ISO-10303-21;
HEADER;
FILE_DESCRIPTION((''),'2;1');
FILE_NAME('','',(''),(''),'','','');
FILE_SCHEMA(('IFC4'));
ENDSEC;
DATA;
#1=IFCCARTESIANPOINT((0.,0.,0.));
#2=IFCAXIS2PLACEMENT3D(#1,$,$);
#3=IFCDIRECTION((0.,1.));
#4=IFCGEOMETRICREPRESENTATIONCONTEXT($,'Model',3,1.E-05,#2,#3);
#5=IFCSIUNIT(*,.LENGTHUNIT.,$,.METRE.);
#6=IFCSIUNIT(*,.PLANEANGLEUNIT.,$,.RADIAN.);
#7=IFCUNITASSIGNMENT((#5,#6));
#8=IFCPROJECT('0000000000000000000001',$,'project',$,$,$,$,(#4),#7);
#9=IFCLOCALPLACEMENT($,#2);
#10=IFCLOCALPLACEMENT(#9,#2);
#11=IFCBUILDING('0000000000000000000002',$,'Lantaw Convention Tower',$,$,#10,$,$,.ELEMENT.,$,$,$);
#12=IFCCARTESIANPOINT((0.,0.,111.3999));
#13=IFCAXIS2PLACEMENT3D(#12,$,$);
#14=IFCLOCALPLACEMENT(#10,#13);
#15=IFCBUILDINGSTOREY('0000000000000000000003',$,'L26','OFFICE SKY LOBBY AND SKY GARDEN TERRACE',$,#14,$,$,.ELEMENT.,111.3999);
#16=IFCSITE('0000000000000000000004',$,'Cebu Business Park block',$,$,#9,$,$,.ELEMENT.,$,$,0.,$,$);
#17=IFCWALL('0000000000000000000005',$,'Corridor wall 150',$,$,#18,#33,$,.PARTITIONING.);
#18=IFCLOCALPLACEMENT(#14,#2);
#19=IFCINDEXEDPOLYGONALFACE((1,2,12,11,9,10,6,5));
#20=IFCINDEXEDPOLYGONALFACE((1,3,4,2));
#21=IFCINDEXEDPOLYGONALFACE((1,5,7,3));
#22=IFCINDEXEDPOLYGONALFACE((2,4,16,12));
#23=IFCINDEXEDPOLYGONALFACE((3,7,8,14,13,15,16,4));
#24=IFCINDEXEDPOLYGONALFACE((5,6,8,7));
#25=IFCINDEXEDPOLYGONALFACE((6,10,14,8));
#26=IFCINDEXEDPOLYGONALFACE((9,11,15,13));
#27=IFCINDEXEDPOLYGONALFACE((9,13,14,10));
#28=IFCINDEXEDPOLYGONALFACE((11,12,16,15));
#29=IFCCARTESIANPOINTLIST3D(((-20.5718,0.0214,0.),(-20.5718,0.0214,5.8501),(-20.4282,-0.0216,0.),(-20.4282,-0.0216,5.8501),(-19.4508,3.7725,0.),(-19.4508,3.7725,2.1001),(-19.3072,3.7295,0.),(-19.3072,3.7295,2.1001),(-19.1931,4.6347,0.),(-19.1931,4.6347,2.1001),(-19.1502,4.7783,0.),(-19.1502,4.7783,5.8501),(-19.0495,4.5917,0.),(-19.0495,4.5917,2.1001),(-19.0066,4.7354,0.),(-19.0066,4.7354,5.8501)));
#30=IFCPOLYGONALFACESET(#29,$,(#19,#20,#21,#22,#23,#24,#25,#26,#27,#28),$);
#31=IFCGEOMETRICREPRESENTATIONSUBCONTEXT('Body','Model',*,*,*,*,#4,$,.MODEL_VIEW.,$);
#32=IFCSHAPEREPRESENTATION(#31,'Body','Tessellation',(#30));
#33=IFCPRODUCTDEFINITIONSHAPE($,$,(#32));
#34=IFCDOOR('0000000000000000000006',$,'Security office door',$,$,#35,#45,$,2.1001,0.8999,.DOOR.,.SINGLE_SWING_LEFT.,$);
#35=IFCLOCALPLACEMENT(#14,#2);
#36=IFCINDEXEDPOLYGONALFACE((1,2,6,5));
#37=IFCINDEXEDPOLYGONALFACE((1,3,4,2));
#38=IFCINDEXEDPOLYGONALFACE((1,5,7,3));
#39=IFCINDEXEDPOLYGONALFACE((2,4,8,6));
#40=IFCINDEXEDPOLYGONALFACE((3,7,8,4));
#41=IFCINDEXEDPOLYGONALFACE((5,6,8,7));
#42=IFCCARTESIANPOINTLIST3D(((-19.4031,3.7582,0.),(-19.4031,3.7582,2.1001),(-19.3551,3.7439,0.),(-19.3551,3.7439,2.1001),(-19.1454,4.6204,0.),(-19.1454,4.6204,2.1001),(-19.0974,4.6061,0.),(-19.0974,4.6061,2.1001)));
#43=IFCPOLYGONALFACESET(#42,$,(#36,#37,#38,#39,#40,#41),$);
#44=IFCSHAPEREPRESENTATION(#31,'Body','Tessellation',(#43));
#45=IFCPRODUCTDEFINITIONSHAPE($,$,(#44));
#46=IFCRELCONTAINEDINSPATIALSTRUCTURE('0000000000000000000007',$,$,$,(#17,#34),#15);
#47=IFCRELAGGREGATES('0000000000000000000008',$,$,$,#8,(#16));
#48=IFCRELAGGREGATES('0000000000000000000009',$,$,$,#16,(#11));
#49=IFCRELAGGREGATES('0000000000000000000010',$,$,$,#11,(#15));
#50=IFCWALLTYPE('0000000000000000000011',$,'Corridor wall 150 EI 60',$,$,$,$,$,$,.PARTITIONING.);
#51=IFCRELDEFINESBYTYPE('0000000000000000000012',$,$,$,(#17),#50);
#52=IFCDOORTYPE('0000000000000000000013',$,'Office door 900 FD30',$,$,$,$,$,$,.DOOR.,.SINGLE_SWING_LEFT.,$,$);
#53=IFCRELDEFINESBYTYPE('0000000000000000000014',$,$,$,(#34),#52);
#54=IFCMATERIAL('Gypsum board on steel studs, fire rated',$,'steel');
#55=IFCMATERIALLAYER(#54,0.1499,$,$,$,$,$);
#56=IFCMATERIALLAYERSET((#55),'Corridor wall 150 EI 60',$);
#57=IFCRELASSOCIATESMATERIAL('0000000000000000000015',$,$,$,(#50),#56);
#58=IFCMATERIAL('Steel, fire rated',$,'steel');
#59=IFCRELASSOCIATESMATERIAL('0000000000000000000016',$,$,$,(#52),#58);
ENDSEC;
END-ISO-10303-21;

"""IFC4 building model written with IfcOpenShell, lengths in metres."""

from ifc_helpers import new_model, si_unit, direction, frame, frame_2d, origin, place, context, subcontext, project, spatial, rectangle, extrude, material, layer, layer_set, type_object, element, fill, save


model = new_model("IFC4")

# Units and contexts
model_context = context("Model", 3, precision=1e-05, world=origin(), true_north=direction((0.0, 1.0)))
body_context = subcontext(model_context, "Body", "Model", "MODEL_VIEW")
ifc_project = project(units=[si_unit("LENGTHUNIT", "METRE"), si_unit("PLANEANGLEUNIT", "RADIAN")], contexts=[model_context])

# Site, building, storey
site_placement = place(None, origin())
site = spatial("IfcSite", under=ifc_project, at=site_placement, Name="Cebu Business Park block", CompositionType="ELEMENT", RefElevation=0.0)
building_placement = place(site_placement, origin())
building = spatial("IfcBuilding", under=site, at=building_placement, Name="Lantaw Convention Tower", CompositionType="ELEMENT")
storey_placement = place(building_placement, frame((0.0, 0.0, 111.3999)))
storey = spatial("IfcBuildingStorey", under=building, at=storey_placement, Name="L26", Description="OFFICE SKY LOBBY AND SKY GARDEN TERRACE", CompositionType="ELEMENT", Elevation=111.3999)

# Shared definitions
ifc_material_1 = material(Name="Gypsum board on steel studs, fire rated", Category="steel")
ifc_layer_1 = layer(ifc_material_1, 0.1499)
ifc_layer_set_1 = layer_set([ifc_layer_1], Name="Corridor wall 150 EI 60")
wall_type_1 = type_object("IfcWallType", Name="Corridor wall 150 EI 60", PredefinedType="PARTITIONING", material=ifc_layer_set_1)

# Wall, opening, door
wall_1_placement = place(storey_placement, frame((-19.0784, 4.7568, 0.0), z_axis=(0.0, 0.0, 1.0), x_axis=(-0.286346, -0.958126, 0.0)))
wall_1 = element("IfcWall", 1, at=wall_1_placement, inside=storey, type_object=wall_type_1, Name="Corridor wall 150", PredefinedType="PARTITIONING", context=body_context, shape_type="SweptSolid", body=[
    extrude(rectangle(XDim=4.9648, YDim=0.1499, at=frame_2d((2.4824, 0.0))), origin(), (0.0, 0.0, 1.0), 5.8501),
])
opening_placement = place(wall_1_placement, frame((0.1499, 0.0, 0.0)))
opening = element("IfcOpeningElement", 2, at=opening_placement, cuts=wall_1, PredefinedType="OPENING", context=body_context, shape_type="SweptSolid", body=[
    extrude(rectangle(XDim=0.8999, YDim=2.1001, at=frame_2d((0.45, 1.05))), frame((0.0, 0.085, 0.0), z_axis=(0.0, -1.0, 0.0), x_axis=(1.0, 0.0, 0.0)), (0.0, 0.0, 1.0), 0.1699),
])
ifc_material_2 = material(Name="Steel, fire rated", Category="steel")
door_type = type_object("IfcDoorType", Name="Office door 900 FD30", OperationType="SINGLE_SWING_LEFT", PredefinedType="DOOR", material=ifc_material_2)
door_placement = place(opening_placement, origin())
door = element("IfcDoor", 3, at=door_placement, inside=storey, type_object=door_type, Name="Security office door", OperationType="SINGLE_SWING_LEFT", OverallHeight=2.1001, OverallWidth=0.8999, PredefinedType="DOOR", context=body_context, shape_type="SweptSolid", body=[
    extrude(rectangle(XDim=0.8999, YDim=2.1001, at=frame_2d((0.45, 1.05))), frame((0.0, 0.0249, 0.0), z_axis=(0.0, -1.0, 0.0), x_axis=(1.0, 0.0, 0.0)), (0.0, 0.0, 1.0), 0.05),
])
fill(opening, door)

save(model, "model.ifc")
